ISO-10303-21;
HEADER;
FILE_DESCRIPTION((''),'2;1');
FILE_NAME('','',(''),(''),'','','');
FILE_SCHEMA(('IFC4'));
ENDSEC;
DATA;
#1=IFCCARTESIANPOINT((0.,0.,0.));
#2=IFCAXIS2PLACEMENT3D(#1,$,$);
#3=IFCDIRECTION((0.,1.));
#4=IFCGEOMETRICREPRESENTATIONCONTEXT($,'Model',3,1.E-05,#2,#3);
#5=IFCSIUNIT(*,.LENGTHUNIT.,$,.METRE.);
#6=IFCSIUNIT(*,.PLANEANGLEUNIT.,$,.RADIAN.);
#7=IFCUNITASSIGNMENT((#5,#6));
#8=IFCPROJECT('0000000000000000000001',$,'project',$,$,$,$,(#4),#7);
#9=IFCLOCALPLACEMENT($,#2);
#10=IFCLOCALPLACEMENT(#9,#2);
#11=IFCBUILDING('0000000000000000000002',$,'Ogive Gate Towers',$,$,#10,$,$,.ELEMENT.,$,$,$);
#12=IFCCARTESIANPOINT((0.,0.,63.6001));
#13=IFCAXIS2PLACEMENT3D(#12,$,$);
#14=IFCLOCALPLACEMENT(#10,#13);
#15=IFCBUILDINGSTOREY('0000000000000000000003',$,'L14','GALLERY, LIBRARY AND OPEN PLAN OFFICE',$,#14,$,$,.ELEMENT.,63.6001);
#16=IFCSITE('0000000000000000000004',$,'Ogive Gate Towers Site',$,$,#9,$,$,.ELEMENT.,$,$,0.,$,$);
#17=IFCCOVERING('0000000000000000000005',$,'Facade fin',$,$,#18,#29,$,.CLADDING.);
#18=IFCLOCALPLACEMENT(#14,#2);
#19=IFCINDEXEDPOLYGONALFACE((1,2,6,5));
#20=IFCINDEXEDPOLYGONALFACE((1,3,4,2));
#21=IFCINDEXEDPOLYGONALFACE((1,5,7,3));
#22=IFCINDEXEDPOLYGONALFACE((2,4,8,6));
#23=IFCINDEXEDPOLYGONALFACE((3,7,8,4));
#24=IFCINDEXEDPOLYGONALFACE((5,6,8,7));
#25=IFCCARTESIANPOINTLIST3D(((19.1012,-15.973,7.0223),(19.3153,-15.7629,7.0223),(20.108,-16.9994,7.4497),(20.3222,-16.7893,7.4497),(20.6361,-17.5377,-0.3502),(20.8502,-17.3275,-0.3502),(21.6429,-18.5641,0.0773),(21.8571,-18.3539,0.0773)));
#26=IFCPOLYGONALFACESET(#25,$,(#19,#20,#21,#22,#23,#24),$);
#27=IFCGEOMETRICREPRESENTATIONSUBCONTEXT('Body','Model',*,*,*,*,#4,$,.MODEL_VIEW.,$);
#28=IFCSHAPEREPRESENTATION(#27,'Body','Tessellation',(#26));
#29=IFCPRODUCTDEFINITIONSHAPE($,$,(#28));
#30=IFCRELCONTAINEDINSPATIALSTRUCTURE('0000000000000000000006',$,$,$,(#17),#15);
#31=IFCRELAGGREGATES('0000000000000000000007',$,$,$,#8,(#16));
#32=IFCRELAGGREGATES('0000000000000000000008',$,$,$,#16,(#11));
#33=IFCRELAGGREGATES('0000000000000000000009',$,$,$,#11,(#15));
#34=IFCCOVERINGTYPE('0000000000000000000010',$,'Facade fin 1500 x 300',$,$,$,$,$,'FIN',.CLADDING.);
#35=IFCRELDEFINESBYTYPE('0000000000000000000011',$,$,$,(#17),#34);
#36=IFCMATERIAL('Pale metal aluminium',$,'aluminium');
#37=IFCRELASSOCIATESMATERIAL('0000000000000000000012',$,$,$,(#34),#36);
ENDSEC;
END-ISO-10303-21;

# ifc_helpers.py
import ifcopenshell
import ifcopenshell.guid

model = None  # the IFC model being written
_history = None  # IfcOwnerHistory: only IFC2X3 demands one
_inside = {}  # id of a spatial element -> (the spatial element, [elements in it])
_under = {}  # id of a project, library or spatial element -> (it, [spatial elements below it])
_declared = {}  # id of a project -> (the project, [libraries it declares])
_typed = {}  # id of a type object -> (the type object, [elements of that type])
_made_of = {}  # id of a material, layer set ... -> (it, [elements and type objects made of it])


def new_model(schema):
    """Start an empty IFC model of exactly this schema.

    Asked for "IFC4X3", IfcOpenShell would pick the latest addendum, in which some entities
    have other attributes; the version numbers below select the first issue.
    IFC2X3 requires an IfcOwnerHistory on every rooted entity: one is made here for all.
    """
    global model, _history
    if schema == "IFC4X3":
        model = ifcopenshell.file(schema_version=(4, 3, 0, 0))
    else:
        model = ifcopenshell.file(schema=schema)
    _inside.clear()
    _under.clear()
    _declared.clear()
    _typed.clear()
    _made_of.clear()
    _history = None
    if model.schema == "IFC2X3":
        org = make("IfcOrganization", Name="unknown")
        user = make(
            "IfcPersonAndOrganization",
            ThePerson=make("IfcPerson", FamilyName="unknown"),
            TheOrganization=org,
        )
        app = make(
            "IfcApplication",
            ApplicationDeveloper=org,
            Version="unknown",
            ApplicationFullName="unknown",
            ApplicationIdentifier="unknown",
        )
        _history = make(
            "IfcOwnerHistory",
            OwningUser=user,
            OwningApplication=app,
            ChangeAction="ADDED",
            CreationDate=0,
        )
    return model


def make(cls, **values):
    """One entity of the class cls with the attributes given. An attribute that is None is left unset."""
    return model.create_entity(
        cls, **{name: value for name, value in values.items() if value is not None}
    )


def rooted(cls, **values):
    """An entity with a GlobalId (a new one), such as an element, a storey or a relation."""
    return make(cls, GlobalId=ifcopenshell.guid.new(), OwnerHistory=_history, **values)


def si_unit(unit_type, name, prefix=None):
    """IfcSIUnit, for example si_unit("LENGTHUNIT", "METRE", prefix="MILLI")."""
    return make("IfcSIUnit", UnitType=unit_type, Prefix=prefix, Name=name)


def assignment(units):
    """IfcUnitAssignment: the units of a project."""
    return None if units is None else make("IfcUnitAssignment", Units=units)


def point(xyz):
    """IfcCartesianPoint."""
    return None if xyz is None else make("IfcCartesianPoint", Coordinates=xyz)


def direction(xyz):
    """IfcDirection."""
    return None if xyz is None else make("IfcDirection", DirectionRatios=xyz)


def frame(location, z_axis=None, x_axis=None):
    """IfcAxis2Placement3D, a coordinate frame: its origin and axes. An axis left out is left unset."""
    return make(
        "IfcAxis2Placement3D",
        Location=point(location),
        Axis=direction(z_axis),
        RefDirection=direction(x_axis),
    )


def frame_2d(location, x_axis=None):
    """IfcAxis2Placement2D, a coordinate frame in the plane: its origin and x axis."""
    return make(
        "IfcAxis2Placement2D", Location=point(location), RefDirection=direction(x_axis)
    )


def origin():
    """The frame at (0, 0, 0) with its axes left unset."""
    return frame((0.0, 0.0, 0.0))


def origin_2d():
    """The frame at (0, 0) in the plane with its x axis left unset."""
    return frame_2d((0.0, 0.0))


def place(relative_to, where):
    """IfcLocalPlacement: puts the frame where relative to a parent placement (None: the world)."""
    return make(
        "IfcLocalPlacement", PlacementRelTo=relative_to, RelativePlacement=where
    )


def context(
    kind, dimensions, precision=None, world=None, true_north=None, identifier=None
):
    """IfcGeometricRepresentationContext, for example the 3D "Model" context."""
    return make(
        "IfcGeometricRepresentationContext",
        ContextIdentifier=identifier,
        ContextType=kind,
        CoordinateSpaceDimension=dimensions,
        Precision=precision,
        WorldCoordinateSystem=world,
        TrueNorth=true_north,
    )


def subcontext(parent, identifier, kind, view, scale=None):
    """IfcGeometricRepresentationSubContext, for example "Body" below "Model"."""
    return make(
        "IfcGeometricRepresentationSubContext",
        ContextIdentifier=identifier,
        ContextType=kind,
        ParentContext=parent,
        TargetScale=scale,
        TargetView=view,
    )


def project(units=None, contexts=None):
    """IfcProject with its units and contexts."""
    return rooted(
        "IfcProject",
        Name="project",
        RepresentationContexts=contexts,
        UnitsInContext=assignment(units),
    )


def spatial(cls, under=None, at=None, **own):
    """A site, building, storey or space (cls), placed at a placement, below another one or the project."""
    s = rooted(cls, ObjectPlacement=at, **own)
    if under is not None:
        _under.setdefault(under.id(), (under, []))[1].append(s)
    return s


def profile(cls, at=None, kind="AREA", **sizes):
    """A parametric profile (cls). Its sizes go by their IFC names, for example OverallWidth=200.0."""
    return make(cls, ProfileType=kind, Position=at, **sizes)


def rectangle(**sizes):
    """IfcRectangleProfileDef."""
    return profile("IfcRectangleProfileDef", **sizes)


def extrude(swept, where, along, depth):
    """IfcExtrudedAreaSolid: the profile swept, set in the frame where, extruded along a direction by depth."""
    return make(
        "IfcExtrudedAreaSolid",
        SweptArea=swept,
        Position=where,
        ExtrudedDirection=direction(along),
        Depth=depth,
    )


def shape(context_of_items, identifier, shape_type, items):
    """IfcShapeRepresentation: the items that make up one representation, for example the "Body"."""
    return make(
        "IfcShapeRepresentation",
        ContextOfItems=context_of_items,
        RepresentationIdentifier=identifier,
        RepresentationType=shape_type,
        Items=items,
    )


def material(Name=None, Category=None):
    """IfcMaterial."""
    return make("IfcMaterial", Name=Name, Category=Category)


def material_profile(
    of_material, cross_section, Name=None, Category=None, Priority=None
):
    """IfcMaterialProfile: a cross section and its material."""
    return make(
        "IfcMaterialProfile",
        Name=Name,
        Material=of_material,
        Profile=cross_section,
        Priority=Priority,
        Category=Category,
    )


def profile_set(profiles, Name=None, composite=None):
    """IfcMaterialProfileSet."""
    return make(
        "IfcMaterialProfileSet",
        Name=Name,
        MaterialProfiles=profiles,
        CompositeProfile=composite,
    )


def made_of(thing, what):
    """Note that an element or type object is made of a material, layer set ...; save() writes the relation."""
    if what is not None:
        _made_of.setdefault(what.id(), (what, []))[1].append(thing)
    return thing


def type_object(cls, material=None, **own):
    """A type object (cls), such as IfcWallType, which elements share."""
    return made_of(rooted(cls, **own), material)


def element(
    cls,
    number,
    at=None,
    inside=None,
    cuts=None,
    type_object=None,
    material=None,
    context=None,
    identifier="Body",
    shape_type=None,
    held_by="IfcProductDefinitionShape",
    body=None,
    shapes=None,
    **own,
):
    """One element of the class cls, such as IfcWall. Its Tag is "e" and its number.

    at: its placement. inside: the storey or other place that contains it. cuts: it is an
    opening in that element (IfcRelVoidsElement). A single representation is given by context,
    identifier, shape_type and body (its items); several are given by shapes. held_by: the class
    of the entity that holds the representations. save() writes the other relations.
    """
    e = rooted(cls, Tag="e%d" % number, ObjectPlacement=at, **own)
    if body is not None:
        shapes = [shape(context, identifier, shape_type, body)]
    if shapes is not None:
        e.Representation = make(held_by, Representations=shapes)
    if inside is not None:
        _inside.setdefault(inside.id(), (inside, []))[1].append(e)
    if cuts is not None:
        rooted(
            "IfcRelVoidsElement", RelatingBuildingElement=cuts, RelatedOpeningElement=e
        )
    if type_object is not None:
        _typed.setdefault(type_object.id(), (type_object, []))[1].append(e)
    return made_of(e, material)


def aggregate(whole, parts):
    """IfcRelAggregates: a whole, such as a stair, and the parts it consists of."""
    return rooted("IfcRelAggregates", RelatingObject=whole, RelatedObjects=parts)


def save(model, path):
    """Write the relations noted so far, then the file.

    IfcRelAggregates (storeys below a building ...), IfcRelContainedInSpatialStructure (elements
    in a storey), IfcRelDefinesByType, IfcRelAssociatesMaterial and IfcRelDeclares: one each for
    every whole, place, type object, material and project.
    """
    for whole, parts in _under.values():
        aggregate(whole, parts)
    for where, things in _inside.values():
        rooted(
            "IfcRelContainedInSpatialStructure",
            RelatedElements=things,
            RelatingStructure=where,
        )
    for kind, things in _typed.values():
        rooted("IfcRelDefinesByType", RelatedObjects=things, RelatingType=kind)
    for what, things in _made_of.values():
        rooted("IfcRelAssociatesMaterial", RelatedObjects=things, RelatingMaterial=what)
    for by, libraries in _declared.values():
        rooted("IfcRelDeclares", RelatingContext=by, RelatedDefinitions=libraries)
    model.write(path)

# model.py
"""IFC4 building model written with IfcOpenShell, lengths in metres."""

from ifc_helpers import new_model, si_unit, direction, frame, origin, origin_2d, place, context, subcontext, project, spatial, rectangle, extrude, material, material_profile, profile_set, type_object, element, save


model = new_model("IFC4")

# Units and contexts
model_context = context("Model", 3, precision=1e-05, world=origin(), true_north=direction((0.0, 1.0)))
body_context = subcontext(model_context, "Body", "Model", "MODEL_VIEW")
ifc_project = project(units=[si_unit("LENGTHUNIT", "METRE"), si_unit("PLANEANGLEUNIT", "RADIAN")], contexts=[model_context])

# Site, building, storey
site_placement = place(None, origin())
site = spatial("IfcSite", under=ifc_project, at=site_placement, Name="Ogive Gate Towers Site", CompositionType="ELEMENT", RefElevation=0.0)
building_placement = place(site_placement, origin())
building = spatial("IfcBuilding", under=site, at=building_placement, Name="Ogive Gate Towers", CompositionType="ELEMENT")
storey_placement = place(building_placement, frame((0.0, 0.0, 63.6001)))
storey = spatial("IfcBuildingStorey", under=building, at=storey_placement, Name="L14", Description="GALLERY, LIBRARY AND OPEN PLAN OFFICE", CompositionType="ELEMENT", Elevation=63.6001)

# Shared definitions
ifc_material_1 = material(Name="Pale metal aluminium", Category="aluminium")

# Covering
ifc_material_profile_1 = material_profile(ifc_material_1, rectangle(XDim=0.3, YDim=1.5, at=origin_2d()), Name="1500 x 300 pale metal aluminium")
ifc_profile_set_1 = profile_set([ifc_material_profile_1], Name="Pale metal aluminium")
covering_type = type_object("IfcCoveringType", Name="Facade fin 1500 x 300", ElementType="FIN", PredefinedType="CLADDING", material=ifc_profile_set_1)
covering_1_placement = place(storey_placement, frame((21.2466, -17.9458, -0.1365), z_axis=(-0.19956, 0.203433, 0.958536), x_axis=(-0.713869, -0.70028, 0.0)))
element("IfcCovering", 1, at=covering_1_placement, inside=storey, type_object=covering_type, Name="Facade fin", PredefinedType="CLADDING", context=body_context, shape_type="SweptSolid", body=[
    extrude(rectangle(XDim=0.3, YDim=1.5, at=origin_2d()), origin(), (0.0, 0.0, 1.0), 7.6914),
])

save(model, "model.ifc")
